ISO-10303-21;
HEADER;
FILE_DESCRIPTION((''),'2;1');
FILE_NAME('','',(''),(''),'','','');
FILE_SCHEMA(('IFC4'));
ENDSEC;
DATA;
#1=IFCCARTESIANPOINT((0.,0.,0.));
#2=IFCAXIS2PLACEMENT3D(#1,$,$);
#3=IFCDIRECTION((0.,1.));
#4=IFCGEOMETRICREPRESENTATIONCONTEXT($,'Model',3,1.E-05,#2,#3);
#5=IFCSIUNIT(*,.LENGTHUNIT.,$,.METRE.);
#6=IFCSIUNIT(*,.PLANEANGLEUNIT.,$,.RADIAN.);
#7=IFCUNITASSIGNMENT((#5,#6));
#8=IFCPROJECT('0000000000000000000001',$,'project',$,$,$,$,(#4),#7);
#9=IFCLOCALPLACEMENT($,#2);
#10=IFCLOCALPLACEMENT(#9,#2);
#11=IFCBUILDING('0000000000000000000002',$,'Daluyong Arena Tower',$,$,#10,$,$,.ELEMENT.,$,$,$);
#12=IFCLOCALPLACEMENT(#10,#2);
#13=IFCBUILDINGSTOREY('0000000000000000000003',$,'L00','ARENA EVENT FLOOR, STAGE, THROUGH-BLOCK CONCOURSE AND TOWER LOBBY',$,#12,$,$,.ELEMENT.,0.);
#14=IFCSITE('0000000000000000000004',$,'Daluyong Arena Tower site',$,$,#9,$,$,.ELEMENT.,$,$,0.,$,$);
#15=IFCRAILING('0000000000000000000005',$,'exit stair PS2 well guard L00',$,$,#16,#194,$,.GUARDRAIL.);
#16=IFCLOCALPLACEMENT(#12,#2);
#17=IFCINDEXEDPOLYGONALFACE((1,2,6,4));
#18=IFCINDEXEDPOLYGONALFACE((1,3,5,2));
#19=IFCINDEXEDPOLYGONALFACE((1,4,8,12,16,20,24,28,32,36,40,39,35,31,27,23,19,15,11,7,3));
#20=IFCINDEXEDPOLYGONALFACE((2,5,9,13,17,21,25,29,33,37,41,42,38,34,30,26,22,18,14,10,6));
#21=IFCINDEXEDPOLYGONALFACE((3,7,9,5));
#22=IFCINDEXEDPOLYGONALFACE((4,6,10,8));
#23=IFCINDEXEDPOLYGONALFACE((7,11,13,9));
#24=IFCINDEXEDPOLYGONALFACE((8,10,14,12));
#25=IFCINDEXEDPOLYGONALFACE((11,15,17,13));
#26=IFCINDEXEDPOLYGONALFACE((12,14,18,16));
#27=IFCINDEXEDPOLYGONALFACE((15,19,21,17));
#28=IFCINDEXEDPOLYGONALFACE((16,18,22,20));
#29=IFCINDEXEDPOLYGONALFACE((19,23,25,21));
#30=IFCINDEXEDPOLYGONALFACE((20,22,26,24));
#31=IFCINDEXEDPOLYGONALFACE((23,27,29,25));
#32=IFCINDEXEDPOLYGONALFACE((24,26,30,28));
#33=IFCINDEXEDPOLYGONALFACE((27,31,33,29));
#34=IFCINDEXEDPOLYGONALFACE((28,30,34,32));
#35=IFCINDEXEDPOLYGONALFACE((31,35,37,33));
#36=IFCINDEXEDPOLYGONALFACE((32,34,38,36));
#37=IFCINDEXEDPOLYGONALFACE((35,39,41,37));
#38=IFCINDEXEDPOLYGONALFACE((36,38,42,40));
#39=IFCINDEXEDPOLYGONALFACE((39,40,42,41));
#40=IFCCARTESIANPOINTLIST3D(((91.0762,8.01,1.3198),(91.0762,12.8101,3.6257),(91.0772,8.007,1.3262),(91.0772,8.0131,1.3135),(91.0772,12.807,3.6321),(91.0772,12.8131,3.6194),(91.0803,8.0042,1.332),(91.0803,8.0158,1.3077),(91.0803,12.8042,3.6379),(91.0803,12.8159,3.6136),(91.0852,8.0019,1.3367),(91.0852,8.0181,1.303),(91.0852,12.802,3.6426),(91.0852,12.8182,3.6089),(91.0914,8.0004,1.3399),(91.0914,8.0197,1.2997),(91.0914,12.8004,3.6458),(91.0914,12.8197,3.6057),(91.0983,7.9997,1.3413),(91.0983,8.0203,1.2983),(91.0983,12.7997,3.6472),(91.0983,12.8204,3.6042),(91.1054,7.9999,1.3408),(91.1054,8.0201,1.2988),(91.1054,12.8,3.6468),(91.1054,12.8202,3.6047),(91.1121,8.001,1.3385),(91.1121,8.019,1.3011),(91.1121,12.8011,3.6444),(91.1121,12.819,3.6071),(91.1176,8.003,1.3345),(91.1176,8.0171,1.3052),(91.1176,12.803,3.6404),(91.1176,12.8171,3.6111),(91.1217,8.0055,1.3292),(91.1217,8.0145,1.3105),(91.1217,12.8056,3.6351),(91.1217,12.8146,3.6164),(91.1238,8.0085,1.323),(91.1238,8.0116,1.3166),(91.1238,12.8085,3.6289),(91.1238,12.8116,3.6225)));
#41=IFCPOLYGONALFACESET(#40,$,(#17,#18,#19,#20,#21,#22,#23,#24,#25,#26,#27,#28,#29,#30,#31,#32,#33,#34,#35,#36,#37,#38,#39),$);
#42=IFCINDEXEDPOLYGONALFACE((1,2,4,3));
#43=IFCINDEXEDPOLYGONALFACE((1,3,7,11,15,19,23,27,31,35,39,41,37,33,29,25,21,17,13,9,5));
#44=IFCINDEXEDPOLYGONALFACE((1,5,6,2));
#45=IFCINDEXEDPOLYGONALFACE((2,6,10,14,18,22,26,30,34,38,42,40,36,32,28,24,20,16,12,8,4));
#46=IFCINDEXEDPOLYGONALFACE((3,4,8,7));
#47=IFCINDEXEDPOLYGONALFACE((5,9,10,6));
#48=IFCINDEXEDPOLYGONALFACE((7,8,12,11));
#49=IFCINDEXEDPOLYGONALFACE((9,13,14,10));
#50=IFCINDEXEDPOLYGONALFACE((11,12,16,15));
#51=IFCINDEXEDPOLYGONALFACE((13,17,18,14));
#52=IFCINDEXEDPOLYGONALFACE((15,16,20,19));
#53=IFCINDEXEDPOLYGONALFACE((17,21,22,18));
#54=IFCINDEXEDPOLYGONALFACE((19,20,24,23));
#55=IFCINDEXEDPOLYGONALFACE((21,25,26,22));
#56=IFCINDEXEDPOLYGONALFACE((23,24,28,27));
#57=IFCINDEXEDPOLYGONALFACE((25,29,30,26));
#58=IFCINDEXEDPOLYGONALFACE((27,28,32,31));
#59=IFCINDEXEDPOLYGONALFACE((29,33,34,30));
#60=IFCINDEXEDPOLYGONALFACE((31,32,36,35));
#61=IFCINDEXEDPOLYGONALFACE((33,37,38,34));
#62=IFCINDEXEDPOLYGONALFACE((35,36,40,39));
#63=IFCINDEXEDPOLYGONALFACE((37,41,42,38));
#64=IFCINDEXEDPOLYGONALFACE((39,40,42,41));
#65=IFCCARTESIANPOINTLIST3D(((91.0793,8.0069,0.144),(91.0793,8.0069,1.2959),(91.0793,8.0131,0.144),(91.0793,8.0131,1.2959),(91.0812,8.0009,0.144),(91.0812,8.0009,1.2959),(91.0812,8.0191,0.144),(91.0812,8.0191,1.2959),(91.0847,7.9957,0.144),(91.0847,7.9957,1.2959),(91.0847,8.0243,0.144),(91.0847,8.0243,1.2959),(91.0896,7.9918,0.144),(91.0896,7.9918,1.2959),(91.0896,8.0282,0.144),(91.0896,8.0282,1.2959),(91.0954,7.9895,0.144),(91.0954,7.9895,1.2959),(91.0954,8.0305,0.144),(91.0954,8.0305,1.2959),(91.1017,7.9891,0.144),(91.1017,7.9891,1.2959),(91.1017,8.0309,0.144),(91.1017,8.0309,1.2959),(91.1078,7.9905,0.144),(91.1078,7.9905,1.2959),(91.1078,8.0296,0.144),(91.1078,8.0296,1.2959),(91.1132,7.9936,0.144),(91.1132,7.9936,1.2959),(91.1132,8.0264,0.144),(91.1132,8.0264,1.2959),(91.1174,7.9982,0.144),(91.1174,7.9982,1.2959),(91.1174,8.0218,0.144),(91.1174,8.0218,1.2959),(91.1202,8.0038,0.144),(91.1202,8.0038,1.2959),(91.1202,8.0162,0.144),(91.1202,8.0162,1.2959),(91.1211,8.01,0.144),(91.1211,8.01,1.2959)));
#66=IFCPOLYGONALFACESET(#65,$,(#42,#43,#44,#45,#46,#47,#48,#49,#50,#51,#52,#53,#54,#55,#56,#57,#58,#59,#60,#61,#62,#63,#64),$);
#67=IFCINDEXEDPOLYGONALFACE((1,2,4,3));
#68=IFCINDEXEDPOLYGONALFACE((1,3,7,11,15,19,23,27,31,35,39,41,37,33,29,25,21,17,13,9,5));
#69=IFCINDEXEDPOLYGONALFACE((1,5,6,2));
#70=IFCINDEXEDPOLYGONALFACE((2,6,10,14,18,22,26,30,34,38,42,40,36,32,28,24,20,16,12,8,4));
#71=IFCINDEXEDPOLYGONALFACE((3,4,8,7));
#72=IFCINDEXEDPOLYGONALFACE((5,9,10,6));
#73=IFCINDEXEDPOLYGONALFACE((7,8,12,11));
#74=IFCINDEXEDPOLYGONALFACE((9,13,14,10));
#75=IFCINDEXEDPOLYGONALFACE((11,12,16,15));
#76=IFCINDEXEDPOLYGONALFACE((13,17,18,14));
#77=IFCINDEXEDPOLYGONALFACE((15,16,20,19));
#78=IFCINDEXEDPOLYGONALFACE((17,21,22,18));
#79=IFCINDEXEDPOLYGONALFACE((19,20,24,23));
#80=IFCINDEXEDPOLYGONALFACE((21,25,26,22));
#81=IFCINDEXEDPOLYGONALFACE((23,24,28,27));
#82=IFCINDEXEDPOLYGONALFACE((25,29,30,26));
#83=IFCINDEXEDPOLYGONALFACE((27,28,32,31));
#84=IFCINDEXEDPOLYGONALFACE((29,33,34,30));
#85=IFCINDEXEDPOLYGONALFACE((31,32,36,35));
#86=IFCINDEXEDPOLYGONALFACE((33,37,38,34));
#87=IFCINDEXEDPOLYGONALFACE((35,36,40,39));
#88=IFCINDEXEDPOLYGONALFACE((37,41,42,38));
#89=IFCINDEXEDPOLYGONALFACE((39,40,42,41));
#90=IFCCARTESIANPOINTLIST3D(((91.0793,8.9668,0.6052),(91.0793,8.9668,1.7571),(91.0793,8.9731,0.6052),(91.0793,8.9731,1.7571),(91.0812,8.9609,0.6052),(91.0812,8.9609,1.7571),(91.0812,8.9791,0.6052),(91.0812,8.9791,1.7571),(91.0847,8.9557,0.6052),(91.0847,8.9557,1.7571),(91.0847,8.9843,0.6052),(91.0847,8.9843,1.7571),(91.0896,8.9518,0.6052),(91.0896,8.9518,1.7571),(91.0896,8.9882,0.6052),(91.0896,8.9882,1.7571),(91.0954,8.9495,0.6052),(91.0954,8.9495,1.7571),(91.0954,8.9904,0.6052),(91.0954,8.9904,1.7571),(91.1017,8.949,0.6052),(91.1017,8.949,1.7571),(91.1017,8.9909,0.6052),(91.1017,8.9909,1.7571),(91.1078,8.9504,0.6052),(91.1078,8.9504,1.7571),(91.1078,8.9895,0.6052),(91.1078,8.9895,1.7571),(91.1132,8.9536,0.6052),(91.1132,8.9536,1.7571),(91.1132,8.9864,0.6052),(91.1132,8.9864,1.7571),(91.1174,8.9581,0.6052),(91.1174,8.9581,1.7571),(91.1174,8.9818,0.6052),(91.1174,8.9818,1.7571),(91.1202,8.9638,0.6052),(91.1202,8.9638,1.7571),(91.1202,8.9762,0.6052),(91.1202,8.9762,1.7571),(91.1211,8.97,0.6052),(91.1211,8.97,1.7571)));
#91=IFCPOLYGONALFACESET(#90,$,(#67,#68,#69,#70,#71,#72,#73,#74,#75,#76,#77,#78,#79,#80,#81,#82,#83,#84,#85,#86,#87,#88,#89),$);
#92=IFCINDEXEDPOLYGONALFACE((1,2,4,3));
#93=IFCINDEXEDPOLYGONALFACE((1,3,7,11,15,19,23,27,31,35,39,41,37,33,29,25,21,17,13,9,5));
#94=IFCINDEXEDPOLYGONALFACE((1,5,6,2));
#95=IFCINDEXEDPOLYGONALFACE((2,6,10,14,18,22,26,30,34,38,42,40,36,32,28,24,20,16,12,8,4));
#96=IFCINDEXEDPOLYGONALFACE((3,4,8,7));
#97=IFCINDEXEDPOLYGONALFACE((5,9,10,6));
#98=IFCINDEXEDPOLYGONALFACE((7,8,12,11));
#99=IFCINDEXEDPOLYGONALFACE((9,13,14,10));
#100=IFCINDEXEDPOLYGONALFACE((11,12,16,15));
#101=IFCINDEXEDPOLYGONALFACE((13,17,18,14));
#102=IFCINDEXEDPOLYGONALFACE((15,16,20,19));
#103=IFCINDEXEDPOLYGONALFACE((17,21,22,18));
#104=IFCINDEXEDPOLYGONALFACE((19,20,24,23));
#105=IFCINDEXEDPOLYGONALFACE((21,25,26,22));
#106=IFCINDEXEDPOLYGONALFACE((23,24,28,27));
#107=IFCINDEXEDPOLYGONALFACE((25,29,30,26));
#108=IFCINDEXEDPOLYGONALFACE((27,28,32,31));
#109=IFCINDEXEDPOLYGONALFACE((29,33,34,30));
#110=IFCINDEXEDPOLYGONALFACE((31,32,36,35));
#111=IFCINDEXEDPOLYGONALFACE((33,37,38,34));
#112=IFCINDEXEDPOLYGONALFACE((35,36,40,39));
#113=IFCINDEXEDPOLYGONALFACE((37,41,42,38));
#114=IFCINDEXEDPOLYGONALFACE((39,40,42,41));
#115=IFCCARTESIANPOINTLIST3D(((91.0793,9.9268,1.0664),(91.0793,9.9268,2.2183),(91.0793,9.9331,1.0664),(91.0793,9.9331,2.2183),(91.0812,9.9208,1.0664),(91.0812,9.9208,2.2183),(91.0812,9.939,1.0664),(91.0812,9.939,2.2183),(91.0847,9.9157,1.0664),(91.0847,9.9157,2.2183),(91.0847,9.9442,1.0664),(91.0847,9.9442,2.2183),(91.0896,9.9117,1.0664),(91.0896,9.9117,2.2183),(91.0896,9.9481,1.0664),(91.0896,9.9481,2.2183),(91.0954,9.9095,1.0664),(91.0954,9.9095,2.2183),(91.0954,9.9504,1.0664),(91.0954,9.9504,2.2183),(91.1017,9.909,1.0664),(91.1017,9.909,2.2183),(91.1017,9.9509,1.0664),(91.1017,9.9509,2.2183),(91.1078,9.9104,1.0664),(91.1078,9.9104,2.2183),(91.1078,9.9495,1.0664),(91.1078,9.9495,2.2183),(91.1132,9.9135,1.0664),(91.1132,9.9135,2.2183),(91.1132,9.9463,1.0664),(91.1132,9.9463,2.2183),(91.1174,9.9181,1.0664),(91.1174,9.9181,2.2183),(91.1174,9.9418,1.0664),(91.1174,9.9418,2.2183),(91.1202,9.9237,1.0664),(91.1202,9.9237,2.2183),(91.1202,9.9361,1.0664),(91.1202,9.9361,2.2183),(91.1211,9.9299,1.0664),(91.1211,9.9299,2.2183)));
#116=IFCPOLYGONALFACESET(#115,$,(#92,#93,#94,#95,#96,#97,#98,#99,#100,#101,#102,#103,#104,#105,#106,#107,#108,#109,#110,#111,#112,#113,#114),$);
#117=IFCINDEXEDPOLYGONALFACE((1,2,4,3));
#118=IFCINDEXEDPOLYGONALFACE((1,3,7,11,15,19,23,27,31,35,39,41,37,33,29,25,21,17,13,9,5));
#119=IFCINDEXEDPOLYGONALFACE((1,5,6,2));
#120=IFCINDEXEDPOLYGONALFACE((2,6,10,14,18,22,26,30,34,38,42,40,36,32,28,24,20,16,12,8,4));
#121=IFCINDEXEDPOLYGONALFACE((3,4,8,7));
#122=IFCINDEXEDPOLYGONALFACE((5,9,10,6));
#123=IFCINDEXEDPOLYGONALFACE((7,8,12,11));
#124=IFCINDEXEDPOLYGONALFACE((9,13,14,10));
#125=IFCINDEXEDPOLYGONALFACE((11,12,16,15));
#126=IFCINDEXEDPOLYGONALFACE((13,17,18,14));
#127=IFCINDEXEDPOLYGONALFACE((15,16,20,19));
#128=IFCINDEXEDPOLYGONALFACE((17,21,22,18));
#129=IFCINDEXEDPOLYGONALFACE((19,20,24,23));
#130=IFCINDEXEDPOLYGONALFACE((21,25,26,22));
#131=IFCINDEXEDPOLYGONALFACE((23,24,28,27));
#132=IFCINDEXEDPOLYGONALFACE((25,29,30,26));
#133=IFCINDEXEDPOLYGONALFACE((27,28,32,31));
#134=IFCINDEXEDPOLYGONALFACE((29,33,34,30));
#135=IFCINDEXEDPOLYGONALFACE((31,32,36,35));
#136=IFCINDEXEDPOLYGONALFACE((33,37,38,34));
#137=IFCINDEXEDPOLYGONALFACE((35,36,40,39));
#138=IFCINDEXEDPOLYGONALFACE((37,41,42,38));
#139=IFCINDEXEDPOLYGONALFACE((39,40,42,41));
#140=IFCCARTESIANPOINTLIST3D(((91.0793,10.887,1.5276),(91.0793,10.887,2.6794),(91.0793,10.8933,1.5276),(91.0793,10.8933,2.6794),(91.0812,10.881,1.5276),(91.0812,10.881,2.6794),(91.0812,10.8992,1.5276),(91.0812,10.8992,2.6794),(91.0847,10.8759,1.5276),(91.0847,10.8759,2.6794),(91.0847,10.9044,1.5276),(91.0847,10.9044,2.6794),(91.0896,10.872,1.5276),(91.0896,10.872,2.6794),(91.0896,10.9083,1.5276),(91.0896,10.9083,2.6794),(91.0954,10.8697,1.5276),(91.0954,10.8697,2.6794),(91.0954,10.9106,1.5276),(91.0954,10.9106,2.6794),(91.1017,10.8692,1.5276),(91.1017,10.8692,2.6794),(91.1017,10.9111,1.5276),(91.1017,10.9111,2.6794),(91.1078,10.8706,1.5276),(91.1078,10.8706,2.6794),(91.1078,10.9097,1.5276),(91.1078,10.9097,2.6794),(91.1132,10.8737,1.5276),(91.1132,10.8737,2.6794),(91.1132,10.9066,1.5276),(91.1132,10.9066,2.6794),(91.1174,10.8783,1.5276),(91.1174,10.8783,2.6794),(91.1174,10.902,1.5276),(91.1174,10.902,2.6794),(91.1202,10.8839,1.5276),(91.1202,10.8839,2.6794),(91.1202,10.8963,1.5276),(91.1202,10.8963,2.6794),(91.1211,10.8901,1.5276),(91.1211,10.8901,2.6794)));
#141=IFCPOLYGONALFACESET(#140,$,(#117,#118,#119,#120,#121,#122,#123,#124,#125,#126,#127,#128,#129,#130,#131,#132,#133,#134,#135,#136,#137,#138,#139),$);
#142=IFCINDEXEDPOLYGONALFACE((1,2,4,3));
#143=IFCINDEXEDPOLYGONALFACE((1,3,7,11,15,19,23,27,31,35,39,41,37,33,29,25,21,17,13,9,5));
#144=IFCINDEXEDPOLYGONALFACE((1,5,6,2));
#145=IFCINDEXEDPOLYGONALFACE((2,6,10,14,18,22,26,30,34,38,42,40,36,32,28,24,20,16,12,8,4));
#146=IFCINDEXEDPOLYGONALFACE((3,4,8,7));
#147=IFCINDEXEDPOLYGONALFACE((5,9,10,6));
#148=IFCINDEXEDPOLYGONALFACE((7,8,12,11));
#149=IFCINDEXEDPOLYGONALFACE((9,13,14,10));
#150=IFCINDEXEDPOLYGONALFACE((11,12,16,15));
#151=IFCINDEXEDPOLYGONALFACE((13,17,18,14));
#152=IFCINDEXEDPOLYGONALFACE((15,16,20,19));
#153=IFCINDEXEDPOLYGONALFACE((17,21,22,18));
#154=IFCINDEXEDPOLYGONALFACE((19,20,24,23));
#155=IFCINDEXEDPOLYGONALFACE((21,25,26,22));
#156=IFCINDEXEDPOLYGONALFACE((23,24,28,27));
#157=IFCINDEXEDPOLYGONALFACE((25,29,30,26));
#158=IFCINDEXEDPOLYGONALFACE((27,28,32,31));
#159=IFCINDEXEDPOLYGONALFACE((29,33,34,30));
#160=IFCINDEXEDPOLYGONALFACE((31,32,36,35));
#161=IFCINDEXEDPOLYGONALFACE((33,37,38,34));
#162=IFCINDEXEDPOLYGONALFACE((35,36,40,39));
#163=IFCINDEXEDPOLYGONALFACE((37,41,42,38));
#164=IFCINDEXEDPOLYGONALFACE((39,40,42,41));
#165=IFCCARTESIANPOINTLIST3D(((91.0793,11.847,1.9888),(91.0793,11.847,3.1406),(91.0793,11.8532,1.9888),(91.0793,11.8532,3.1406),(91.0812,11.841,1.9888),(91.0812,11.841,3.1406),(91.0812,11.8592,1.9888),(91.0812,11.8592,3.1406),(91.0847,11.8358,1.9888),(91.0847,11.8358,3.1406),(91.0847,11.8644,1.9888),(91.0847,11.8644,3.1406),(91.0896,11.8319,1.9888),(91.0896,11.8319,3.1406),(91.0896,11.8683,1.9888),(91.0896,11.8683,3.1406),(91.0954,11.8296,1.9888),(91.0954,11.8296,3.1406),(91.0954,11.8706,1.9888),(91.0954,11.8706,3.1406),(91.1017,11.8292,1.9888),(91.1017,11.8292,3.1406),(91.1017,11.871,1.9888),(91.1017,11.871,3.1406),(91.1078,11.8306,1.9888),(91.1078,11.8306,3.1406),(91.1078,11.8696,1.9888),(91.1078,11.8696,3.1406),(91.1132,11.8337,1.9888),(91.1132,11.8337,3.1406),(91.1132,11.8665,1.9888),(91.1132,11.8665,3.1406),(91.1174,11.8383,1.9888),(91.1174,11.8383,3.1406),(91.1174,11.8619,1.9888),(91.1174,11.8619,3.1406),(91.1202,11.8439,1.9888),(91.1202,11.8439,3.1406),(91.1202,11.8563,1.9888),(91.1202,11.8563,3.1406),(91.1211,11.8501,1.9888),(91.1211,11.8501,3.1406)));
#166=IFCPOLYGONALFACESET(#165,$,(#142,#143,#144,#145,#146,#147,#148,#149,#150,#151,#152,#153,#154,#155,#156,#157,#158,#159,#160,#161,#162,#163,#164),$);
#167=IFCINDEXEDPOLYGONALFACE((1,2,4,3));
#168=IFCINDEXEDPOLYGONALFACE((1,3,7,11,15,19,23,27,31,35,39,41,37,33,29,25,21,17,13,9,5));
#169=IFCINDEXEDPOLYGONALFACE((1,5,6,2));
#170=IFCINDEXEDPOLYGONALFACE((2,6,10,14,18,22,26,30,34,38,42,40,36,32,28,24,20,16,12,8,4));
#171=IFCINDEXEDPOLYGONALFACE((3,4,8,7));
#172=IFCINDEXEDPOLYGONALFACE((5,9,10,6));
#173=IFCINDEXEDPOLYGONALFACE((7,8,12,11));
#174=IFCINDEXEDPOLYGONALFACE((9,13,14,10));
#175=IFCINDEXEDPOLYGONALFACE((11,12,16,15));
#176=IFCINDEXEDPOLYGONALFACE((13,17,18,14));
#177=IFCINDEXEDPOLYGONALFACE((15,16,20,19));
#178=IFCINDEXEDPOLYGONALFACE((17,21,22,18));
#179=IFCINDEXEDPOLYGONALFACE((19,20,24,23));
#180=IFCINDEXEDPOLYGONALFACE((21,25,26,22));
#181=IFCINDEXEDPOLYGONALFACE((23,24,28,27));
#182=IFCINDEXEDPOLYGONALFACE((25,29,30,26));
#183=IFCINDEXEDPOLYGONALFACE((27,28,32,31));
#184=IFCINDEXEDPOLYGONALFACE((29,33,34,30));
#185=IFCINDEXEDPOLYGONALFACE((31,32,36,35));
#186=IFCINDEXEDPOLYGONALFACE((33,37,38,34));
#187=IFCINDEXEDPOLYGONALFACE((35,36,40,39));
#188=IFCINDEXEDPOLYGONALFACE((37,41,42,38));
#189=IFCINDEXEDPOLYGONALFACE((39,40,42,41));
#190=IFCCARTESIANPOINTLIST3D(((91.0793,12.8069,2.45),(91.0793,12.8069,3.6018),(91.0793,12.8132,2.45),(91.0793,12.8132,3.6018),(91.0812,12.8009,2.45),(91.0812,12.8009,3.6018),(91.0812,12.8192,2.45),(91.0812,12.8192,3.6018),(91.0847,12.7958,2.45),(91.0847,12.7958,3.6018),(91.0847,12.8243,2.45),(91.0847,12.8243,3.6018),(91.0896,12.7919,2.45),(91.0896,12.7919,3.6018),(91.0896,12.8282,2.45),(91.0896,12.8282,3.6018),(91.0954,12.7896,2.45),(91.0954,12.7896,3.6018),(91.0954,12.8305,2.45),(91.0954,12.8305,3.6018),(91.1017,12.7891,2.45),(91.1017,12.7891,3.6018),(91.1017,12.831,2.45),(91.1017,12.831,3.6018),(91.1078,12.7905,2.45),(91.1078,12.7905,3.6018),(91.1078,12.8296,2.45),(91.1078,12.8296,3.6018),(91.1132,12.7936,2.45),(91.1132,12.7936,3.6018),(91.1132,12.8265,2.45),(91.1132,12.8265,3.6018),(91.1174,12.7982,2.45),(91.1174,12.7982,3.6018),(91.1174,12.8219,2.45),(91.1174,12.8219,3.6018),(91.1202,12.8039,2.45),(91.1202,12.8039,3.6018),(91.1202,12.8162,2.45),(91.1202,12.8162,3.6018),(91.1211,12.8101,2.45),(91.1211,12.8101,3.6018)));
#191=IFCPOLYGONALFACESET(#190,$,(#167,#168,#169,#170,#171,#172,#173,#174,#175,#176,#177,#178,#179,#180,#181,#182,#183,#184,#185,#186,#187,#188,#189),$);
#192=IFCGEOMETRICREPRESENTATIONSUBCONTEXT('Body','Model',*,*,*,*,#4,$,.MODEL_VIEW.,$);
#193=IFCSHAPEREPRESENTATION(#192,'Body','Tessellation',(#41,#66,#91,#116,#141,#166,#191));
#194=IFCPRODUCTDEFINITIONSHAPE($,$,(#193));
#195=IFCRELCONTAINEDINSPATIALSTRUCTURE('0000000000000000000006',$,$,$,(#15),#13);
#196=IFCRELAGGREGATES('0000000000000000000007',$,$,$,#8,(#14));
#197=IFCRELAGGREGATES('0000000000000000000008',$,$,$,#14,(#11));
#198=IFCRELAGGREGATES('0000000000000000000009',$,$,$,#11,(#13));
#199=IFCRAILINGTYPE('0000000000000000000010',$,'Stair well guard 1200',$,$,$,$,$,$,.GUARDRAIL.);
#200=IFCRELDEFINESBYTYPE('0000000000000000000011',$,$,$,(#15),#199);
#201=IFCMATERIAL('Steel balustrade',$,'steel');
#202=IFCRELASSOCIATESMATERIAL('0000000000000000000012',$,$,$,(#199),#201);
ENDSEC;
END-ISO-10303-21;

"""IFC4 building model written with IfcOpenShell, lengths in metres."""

from ifc_helpers import new_model, si_unit, direction, frame, origin, origin_2d, place, context, subcontext, project, spatial, circle, extrude, material, type_object, element, save


model = new_model("IFC4")

# Units and contexts
model_context = context("Model", 3, precision=1e-05, world=origin(), true_north=direction((0.0, 1.0)))
body_context = subcontext(model_context, "Body", "Model", "MODEL_VIEW")
ifc_project = project(units=[si_unit("LENGTHUNIT", "METRE"), si_unit("PLANEANGLEUNIT", "RADIAN")], contexts=[model_context])

# Site, building, storey
site_placement = place(None, origin())
site = spatial("IfcSite", under=ifc_project, at=site_placement, Name="Daluyong Arena Tower site", CompositionType="ELEMENT", RefElevation=0.0)
building_placement = place(site_placement, origin())
building = spatial("IfcBuilding", under=site, at=building_placement, Name="Daluyong Arena Tower", CompositionType="ELEMENT")
storey_placement = place(building_placement, origin())
storey = spatial("IfcBuildingStorey", under=building, at=storey_placement, Name="L00", Description="ARENA EVENT FLOOR, STAGE, THROUGH-BLOCK CONCOURSE AND TOWER LOBBY", CompositionType="ELEMENT", Elevation=0.0)

# Railing
ifc_material_1 = material(Name="Steel balustrade", Category="steel")
railing_type_1 = type_object("IfcRailingType", Name="Stair well guard 1200", PredefinedType="GUARDRAIL", material=ifc_material_1)
railing_1_placement = place(storey_placement, frame((91.1001, 8.01, 0.144)))
element("IfcRailing", 1, at=railing_1_placement, inside=storey, type_object=railing_type_1, Name="exit stair PS2 well guard L00", PredefinedType="GUARDRAIL", context=body_context, shape_type="SweptSolid", body=[
    extrude(circle(Radius=0.0239, at=origin_2d()), frame((0.0, 0.0, 1.1758), z_axis=(0.0, 0.901385, 0.433019), x_axis=(-1.0, 0.0, 0.0)), (0.0, 0.0, 1.0), 5.3252),
    extrude(circle(Radius=0.021, at=origin_2d()), origin(), (0.0, 0.0, 1.0), 1.1519),
    extrude(circle(Radius=0.021, at=origin_2d()), frame((0.0, 0.96, 0.4612)), (0.0, 0.0, 1.0), 1.1519),
    extrude(circle(Radius=0.021, at=origin_2d()), frame((0.0, 1.9199, 0.9224)), (0.0, 0.0, 1.0), 1.1519),
    extrude(circle(Radius=0.021, at=origin_2d()), frame((0.0, 2.8801, 1.3835)), (0.0, 0.0, 1.0), 1.1519),
    extrude(circle(Radius=0.021, at=origin_2d()), frame((0.0, 3.8401, 1.8447)), (0.0, 0.0, 1.0), 1.1519),
    extrude(circle(Radius=0.021, at=origin_2d()), frame((0.0, 4.8, 2.3059)), (0.0, 0.0, 1.0), 1.1519),
])

save(model, "model.ifc")
